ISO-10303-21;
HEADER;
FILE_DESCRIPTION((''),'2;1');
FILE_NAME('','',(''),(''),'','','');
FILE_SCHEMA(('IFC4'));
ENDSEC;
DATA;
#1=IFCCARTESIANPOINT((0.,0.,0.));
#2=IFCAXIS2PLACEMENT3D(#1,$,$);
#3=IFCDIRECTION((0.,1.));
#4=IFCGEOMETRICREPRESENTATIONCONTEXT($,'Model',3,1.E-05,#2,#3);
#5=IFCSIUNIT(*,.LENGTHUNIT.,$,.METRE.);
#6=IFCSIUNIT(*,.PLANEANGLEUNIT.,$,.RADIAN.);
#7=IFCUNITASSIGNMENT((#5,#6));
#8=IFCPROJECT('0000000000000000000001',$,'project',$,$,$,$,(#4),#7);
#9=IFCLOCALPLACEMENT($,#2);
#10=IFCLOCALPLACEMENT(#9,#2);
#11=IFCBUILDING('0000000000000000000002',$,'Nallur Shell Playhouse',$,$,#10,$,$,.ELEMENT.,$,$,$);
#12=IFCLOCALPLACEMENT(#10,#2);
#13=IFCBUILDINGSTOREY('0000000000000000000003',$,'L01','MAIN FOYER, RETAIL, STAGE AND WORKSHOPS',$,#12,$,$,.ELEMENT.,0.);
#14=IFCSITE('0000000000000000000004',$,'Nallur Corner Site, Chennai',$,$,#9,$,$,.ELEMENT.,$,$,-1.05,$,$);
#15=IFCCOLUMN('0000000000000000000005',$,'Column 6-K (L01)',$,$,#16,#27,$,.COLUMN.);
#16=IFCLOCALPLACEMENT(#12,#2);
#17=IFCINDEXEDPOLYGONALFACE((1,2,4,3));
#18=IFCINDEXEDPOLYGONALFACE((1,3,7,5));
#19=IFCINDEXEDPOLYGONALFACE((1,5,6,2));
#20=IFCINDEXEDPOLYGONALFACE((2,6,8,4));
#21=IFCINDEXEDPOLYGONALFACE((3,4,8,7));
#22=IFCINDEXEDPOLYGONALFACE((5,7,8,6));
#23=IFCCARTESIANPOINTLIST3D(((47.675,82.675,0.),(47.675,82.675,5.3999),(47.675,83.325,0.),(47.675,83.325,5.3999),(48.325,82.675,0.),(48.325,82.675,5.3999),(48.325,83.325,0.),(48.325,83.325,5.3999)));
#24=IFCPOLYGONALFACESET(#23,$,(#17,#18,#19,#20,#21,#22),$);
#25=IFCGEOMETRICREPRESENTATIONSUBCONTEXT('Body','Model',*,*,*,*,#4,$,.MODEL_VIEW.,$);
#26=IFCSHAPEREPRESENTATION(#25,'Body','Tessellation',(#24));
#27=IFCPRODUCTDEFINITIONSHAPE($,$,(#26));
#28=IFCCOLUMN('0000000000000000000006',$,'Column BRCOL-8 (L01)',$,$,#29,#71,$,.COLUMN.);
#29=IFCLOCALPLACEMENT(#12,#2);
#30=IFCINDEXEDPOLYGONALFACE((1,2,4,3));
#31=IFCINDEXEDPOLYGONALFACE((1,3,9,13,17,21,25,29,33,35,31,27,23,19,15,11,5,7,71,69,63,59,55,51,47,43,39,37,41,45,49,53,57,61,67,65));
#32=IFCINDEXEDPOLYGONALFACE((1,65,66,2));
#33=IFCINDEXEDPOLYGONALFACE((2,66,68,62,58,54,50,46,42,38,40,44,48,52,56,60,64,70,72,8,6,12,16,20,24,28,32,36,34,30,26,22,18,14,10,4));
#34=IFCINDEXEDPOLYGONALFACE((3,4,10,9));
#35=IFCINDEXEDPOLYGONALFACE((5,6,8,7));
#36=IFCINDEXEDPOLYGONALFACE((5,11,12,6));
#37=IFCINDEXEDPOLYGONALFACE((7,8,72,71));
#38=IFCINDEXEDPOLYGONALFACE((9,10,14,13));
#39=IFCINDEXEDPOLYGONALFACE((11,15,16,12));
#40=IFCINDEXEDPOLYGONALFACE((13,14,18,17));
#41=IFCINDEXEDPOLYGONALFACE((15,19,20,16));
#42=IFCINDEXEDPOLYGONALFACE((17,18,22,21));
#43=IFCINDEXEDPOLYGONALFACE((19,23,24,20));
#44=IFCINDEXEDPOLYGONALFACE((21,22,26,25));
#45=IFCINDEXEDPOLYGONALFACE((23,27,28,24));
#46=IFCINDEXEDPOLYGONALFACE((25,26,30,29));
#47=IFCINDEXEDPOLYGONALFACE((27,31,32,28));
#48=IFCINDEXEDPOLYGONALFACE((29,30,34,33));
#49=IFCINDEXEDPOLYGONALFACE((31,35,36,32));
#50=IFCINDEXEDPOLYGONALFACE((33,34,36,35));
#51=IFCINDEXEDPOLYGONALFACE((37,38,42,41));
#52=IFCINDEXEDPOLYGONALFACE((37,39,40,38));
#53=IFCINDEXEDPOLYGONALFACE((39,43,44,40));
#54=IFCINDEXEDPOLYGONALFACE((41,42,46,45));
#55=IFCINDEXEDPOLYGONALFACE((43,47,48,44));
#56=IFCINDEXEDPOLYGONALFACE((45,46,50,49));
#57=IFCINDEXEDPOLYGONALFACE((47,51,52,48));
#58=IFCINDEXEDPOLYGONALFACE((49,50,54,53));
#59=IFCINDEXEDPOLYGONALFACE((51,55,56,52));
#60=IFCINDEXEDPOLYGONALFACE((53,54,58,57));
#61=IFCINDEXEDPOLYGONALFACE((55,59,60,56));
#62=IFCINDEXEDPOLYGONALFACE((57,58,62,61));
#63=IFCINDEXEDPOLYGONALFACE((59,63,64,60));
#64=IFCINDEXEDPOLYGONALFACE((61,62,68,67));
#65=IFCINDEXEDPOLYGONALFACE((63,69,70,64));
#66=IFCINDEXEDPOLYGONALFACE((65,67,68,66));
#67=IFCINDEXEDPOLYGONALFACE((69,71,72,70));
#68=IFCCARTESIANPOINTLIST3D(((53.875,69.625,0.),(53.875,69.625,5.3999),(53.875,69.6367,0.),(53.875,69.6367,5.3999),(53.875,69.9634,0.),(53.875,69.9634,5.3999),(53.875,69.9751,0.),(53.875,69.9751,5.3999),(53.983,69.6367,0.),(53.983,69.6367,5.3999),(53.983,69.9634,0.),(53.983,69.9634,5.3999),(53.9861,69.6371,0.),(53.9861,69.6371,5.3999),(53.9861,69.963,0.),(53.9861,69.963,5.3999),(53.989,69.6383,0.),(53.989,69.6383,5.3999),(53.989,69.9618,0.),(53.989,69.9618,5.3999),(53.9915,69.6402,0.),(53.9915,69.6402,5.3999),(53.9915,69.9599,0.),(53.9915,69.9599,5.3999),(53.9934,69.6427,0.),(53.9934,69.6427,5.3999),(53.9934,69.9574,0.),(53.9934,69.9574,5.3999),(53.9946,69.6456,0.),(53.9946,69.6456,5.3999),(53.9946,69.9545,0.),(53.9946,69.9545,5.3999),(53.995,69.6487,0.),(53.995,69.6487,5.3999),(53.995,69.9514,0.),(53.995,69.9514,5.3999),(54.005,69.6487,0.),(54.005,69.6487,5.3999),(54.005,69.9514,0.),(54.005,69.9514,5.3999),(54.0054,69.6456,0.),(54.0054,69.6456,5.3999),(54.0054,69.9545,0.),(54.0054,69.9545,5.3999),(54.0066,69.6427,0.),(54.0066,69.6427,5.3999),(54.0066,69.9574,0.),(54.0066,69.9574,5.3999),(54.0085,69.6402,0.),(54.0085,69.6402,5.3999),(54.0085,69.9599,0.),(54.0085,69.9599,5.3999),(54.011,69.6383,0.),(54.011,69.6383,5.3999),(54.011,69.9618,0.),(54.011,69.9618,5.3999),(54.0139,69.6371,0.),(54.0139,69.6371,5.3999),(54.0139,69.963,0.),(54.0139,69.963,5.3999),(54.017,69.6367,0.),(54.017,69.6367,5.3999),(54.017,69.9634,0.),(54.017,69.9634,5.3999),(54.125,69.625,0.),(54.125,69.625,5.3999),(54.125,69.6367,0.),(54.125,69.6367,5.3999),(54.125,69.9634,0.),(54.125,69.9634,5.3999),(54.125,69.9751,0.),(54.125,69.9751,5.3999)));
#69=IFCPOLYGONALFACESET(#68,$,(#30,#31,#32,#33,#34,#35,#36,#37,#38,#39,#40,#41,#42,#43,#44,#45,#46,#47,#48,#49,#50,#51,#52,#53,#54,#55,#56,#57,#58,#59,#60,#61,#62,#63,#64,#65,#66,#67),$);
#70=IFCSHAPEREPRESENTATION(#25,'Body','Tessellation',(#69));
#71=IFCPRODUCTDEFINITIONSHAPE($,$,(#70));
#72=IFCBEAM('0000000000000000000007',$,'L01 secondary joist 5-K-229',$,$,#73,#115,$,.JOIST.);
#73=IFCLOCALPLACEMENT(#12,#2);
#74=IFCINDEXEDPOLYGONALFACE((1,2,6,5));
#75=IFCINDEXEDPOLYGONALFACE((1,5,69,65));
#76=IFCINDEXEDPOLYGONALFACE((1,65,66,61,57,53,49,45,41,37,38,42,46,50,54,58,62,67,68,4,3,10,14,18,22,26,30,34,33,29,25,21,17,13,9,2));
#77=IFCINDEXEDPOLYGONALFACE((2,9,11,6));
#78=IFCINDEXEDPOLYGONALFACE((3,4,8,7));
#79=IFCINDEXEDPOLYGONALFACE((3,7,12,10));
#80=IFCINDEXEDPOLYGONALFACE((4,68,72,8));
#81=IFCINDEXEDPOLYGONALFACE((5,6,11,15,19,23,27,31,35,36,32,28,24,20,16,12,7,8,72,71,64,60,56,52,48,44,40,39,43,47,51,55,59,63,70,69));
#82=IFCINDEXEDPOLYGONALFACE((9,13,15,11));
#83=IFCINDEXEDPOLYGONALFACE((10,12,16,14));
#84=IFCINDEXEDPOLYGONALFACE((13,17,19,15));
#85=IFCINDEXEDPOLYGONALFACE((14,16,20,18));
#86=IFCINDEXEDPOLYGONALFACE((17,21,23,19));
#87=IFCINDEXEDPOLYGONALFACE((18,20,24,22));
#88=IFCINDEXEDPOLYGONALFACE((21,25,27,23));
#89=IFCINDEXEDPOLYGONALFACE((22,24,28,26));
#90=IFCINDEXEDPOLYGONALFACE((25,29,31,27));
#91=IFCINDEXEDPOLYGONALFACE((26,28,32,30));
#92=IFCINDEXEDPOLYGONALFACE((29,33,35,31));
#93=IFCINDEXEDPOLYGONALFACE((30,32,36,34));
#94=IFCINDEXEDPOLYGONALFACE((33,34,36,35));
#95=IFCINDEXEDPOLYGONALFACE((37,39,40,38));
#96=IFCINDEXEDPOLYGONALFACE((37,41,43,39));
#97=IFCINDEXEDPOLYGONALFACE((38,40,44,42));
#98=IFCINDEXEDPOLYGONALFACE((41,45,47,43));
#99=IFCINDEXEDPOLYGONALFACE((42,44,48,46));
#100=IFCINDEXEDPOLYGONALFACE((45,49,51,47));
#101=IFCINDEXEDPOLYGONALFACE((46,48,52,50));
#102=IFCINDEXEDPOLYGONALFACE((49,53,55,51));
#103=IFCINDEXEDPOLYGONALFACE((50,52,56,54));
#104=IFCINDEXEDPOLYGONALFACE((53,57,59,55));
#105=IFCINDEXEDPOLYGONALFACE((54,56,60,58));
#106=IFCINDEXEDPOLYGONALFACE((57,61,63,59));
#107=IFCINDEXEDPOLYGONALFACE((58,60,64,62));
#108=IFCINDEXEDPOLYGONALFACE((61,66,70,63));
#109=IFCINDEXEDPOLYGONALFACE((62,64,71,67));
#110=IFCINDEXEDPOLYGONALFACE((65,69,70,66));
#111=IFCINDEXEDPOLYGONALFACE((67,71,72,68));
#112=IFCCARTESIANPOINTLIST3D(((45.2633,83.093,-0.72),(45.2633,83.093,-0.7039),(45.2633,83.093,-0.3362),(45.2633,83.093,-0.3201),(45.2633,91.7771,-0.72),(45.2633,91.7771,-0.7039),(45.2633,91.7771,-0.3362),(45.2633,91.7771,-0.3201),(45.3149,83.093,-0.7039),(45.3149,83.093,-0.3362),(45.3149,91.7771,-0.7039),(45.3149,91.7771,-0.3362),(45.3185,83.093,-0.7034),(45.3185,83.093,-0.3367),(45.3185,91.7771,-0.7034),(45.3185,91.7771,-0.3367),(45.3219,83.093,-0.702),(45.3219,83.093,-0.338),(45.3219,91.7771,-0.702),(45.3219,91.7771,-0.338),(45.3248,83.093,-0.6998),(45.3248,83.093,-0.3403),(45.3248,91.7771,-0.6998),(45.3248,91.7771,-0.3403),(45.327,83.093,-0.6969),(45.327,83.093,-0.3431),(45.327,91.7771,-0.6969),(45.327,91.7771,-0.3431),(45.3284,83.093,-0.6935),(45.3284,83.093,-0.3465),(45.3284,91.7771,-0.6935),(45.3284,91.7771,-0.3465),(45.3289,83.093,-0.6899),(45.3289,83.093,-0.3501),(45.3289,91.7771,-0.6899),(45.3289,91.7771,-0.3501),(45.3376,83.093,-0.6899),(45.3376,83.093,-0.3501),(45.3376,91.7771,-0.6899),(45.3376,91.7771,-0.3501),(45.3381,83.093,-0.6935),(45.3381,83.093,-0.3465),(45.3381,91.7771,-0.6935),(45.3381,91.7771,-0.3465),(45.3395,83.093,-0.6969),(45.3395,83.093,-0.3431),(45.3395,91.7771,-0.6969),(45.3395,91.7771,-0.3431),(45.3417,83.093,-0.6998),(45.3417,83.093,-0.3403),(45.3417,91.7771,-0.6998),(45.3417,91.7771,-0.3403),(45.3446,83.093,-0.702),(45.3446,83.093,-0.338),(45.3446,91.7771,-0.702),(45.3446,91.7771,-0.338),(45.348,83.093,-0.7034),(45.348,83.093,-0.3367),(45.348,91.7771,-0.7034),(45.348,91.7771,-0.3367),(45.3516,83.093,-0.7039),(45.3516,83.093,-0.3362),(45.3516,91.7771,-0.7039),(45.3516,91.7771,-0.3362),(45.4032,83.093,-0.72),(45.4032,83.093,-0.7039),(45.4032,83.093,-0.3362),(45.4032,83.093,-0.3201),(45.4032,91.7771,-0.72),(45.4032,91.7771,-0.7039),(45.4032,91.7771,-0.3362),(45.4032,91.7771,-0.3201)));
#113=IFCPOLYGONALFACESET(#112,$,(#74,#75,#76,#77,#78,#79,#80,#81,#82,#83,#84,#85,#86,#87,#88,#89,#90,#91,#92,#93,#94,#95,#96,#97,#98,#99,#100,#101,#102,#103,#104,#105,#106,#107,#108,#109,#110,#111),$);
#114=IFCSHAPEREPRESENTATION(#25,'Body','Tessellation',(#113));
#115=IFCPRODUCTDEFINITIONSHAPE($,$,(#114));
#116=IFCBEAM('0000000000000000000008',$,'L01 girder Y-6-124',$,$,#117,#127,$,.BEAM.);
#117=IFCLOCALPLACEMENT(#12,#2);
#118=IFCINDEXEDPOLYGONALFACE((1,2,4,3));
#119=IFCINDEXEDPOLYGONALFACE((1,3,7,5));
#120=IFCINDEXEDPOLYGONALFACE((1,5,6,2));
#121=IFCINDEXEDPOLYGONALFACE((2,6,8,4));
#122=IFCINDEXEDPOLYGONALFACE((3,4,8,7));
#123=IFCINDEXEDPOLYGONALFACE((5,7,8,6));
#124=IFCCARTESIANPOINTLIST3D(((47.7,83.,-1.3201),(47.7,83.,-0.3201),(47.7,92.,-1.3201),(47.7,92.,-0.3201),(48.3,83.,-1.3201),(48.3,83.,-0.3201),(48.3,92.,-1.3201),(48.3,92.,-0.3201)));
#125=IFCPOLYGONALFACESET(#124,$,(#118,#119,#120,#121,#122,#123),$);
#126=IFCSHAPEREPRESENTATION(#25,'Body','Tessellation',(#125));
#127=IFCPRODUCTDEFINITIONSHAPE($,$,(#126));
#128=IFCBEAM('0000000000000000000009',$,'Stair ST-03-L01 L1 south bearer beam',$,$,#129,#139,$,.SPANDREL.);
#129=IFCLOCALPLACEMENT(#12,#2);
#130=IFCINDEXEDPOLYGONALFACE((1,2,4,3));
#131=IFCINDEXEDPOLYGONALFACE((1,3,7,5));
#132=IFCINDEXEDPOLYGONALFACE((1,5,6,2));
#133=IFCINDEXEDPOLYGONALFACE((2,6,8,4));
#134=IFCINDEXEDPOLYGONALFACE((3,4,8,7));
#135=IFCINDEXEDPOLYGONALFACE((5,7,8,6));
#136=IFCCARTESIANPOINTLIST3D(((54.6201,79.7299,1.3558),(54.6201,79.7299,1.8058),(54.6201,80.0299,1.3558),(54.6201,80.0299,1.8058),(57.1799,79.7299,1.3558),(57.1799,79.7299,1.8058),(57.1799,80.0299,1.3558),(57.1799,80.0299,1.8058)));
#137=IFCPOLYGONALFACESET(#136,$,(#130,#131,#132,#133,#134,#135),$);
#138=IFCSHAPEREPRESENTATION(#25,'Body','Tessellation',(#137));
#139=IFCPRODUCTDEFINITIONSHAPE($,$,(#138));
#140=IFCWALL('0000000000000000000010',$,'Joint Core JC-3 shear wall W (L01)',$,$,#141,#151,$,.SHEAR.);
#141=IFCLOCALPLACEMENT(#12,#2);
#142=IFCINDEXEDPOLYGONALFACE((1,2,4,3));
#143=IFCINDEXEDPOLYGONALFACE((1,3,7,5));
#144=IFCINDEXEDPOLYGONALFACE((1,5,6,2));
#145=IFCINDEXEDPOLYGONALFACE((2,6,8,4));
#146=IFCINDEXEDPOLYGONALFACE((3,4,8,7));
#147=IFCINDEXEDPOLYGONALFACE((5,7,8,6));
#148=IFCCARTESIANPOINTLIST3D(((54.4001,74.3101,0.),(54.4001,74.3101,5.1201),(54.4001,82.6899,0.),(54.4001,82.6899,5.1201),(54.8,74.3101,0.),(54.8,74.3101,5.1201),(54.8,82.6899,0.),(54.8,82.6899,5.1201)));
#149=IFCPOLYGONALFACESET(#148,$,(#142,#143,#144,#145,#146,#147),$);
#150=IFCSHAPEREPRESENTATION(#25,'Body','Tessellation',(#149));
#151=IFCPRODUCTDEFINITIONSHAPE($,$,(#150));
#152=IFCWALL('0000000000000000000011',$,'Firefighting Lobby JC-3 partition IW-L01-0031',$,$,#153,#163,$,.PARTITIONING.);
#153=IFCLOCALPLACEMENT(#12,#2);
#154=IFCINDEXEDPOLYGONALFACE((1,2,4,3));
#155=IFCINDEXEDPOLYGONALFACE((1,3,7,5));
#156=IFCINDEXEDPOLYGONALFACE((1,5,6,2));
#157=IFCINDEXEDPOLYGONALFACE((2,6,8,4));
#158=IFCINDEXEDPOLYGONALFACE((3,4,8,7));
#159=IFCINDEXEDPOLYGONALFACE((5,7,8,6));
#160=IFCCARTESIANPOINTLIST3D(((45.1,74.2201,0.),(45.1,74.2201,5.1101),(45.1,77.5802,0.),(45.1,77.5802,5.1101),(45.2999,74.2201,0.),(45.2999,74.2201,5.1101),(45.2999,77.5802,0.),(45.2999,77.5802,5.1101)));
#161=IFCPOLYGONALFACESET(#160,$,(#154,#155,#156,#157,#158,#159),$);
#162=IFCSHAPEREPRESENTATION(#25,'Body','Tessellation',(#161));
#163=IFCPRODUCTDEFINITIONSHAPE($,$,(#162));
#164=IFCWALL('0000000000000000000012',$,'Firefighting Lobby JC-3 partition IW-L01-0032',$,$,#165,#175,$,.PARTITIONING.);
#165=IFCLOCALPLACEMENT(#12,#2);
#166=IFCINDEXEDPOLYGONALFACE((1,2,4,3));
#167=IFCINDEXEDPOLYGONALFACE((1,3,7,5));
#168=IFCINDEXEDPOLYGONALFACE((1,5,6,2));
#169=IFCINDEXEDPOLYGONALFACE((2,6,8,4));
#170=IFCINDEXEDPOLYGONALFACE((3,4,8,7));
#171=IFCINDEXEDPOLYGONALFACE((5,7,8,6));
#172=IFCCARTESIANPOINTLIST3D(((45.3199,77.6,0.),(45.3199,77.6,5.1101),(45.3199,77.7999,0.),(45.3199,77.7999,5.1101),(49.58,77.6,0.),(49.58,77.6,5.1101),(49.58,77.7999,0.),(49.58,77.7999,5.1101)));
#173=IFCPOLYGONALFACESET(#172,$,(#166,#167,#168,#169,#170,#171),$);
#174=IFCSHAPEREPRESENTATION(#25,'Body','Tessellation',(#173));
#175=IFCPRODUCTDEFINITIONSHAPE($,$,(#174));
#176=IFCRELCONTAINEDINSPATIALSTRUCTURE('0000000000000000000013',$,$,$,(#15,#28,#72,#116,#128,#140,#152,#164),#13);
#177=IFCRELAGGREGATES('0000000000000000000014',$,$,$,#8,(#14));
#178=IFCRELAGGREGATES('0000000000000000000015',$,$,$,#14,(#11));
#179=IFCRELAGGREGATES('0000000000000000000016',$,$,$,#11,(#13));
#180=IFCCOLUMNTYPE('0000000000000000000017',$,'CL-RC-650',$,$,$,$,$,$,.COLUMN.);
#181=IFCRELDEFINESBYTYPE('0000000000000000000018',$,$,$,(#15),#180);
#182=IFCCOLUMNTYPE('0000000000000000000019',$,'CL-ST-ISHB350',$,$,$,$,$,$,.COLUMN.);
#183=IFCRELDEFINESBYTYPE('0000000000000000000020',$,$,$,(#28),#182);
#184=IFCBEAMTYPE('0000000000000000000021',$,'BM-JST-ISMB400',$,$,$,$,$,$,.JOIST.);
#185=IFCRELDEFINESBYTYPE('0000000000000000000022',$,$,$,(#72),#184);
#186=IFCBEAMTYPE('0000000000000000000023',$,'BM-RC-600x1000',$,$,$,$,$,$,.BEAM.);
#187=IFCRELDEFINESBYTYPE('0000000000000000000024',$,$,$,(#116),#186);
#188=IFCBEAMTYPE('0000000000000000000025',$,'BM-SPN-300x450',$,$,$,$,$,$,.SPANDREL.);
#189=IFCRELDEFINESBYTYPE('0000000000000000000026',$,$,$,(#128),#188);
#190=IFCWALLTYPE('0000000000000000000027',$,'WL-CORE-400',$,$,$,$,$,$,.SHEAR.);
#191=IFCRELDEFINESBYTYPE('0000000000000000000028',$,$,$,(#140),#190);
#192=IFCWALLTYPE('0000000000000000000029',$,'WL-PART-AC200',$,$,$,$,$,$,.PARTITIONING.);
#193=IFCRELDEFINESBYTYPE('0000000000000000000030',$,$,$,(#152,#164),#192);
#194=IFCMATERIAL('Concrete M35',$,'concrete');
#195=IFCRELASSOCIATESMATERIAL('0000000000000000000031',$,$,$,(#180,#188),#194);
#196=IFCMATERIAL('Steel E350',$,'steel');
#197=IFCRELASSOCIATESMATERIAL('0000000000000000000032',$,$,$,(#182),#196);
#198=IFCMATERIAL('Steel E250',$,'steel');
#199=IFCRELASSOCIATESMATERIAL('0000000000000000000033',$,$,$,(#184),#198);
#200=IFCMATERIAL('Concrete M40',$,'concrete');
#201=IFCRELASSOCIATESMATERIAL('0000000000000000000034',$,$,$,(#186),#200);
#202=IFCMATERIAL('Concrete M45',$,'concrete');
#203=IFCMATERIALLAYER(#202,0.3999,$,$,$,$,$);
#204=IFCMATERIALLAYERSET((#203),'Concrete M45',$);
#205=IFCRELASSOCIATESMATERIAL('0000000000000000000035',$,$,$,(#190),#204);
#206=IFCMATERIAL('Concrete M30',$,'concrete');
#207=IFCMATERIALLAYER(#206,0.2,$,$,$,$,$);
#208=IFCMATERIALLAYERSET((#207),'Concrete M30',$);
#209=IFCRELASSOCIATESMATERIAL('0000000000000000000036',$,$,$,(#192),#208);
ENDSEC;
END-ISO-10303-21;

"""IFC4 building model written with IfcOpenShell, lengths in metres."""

from ifc_helpers import new_model, si_unit, direction, frame, frame_2d, origin, origin_2d, place, context, subcontext, project, spatial, rectangle, i_section, extrude, material, layer, layer_set, material_profile, profile_set, type_object, element, save


model = new_model("IFC4")

# Units and contexts
model_context = context("Model", 3, precision=1e-05, world=origin(), true_north=direction((0.0, 1.0)))
body_context = subcontext(model_context, "Body", "Model", "MODEL_VIEW")
ifc_project = project(units=[si_unit("LENGTHUNIT", "METRE"), si_unit("PLANEANGLEUNIT", "RADIAN")], contexts=[model_context])

# Site, building, storey
site_placement = place(None, origin())
site = spatial("IfcSite", under=ifc_project, at=site_placement, Name="Nallur Corner Site, Chennai", CompositionType="ELEMENT", RefElevation=-1.05)
building_placement = place(site_placement, origin())
building = spatial("IfcBuilding", under=site, at=building_placement, Name="Nallur Shell Playhouse", CompositionType="ELEMENT")
storey_placement = place(building_placement, origin())
storey = spatial("IfcBuildingStorey", under=building, at=storey_placement, Name="L01", Description="MAIN FOYER, RETAIL, STAGE AND WORKSHOPS", CompositionType="ELEMENT", Elevation=0.0)

# Columns
ifc_material_1 = material(Name="Concrete M35", Category="concrete")
ifc_material_profile_1 = material_profile(ifc_material_1, rectangle(XDim=0.6499, YDim=0.6499, at=origin_2d()), Name="RC 650x650")
ifc_profile_set_1 = profile_set([ifc_material_profile_1], Name="Concrete M35")
column_type_1 = type_object("IfcColumnType", Name="CL-RC-650", PredefinedType="COLUMN", material=ifc_profile_set_1)
column_1_placement = place(storey_placement, frame((48.0, 83.0, 0.0), z_axis=(0.0, 0.0, 1.0), x_axis=(1.0, 0.0, 0.0)))
element("IfcColumn", 1, at=column_1_placement, inside=storey, type_object=column_type_1, Name="Column 6-K (L01)", PredefinedType="COLUMN", context=body_context, shape_type="SweptSolid", body=[
    extrude(rectangle(XDim=0.6499, YDim=0.6499, at=origin_2d()), origin(), (0.0, 0.0, 1.0), 5.3999),
])
ifc_material_2 = material(Name="Steel E350", Category="steel")
ifc_material_profile_2 = material_profile(ifc_material_2, i_section(OverallWidth=0.25, OverallDepth=0.3501, WebThickness=0.01, FlangeThickness=0.0117, FilletRadius=0.012, at=origin_2d()), Name="ISHB 350")
ifc_profile_set_2 = profile_set([ifc_material_profile_2], Name="Steel E350")
column_type_2 = type_object("IfcColumnType", Name="CL-ST-ISHB350", PredefinedType="COLUMN", material=ifc_profile_set_2)
column_2_placement = place(storey_placement, frame((54.0, 69.8, 0.0), z_axis=(0.0, 0.0, 1.0), x_axis=(1.0, 0.0, 0.0)))
element("IfcColumn", 2, at=column_2_placement, inside=storey, type_object=column_type_2, Name="Column BRCOL-8 (L01)", PredefinedType="COLUMN", context=body_context, shape_type="SweptSolid", body=[
    extrude(i_section(OverallWidth=0.25, OverallDepth=0.3501, WebThickness=0.01, FlangeThickness=0.0117, FilletRadius=0.012, at=origin_2d()), origin(), (0.0, 0.0, 1.0), 5.3999),
])

# Beams
ifc_material_3 = material(Name="Steel E250", Category="steel")
ifc_material_profile_3 = material_profile(ifc_material_3, i_section(OverallWidth=0.1399, OverallDepth=0.3999, WebThickness=0.0088, FlangeThickness=0.0161, FilletRadius=0.0139, at=origin_2d()), Name="ISMB 400")
ifc_profile_set_3 = profile_set([ifc_material_profile_3], Name="Steel E250")
beam_type_1 = type_object("IfcBeamType", Name="BM-JST-ISMB400", PredefinedType="JOIST", material=ifc_profile_set_3)
beam_1_placement = place(storey_placement, frame((45.3333, 83.093, -0.52), z_axis=(0.0, 1.0, 0.0), x_axis=(-1.0, 0.0, 0.0)))
element("IfcBeam", 3, at=beam_1_placement, inside=storey, type_object=beam_type_1, Name="L01 secondary joist 5-K-229", PredefinedType="JOIST", context=body_context, shape_type="SweptSolid", body=[
    extrude(i_section(OverallWidth=0.1399, OverallDepth=0.3999, WebThickness=0.0088, FlangeThickness=0.0161, FilletRadius=0.0139, at=origin_2d()), origin(), (0.0, 0.0, 1.0), 8.6841),
])
ifc_material_4 = material(Name="Concrete M40", Category="concrete")
ifc_material_profile_4 = material_profile(ifc_material_4, rectangle(XDim=0.6001, YDim=1.0, at=origin_2d()), Name="RC 600x1000")
ifc_profile_set_4 = profile_set([ifc_material_profile_4], Name="Concrete M40")
beam_type_2 = type_object("IfcBeamType", Name="BM-RC-600x1000", PredefinedType="BEAM", material=ifc_profile_set_4)
beam_2_placement = place(storey_placement, frame((48.0, 83.0, -0.8201), z_axis=(0.0, 1.0, 0.0), x_axis=(-1.0, 0.0, 0.0)))
element("IfcBeam", 4, at=beam_2_placement, inside=storey, type_object=beam_type_2, Name="L01 girder Y-6-124", PredefinedType="BEAM", context=body_context, shape_type="SweptSolid", body=[
    extrude(rectangle(XDim=0.6001, YDim=1.0, at=origin_2d()), origin(), (0.0, 0.0, 1.0), 9.0),
])
ifc_material_profile_5 = material_profile(ifc_material_1, rectangle(XDim=0.3, YDim=0.45, at=origin_2d()), Name="RC 300x450")
ifc_profile_set_5 = profile_set([ifc_material_profile_5], Name="Concrete M35")
beam_type_3 = type_object("IfcBeamType", Name="BM-SPN-300x450", PredefinedType="SPANDREL", material=ifc_profile_set_5)
beam_3_placement = place(storey_placement, frame((54.6201, 79.8799, 1.5808), z_axis=(1.0, 0.0, 0.0), x_axis=(0.0, 1.0, 0.0)))
element("IfcBeam", 5, at=beam_3_placement, inside=storey, type_object=beam_type_3, Name="Stair ST-03-L01 L1 south bearer beam", PredefinedType="SPANDREL", context=body_context, shape_type="SweptSolid", body=[
    extrude(rectangle(XDim=0.3, YDim=0.45, at=origin_2d()), origin(), (0.0, 0.0, 1.0), 2.5598),
])

# Shared definitions
ifc_material_5 = material(Name="Concrete M45", Category="concrete")
ifc_layer_1 = layer(ifc_material_5, 0.3999)
ifc_layer_set_1 = layer_set([ifc_layer_1], Name="Concrete M45")
wall_type_1 = type_object("IfcWallType", Name="WL-CORE-400", PredefinedType="SHEAR", material=ifc_layer_set_1)

# Walls
wall_1_placement = place(storey_placement, frame((54.6001, 82.6899, 0.0), z_axis=(0.0, 0.0, 1.0), x_axis=(0.0, -1.0, 0.0)))
element("IfcWall", 6, at=wall_1_placement, inside=storey, type_object=wall_type_1, Name="Joint Core JC-3 shear wall W (L01)", PredefinedType="SHEAR", context=body_context, shape_type="SweptSolid", body=[
    extrude(rectangle(XDim=8.3799, YDim=0.3999, at=frame_2d((4.1899, 0.0))), origin(), (0.0, 0.0, 1.0), 5.1201),
])
ifc_material_6 = material(Name="Concrete M30", Category="concrete")
ifc_layer_2 = layer(ifc_material_6, 0.2)
ifc_layer_set_2 = layer_set([ifc_layer_2], Name="Concrete M30")
wall_type_2 = type_object("IfcWallType", Name="WL-PART-AC200", PredefinedType="PARTITIONING", material=ifc_layer_set_2)
wall_2_placement = place(storey_placement, frame((45.2, 74.22, 0.0), z_axis=(0.0, 0.0, 1.0), x_axis=(0.0, 1.0, 0.0)))
element("IfcWall", 7, at=wall_2_placement, inside=storey, type_object=wall_type_2, Name="Firefighting Lobby JC-3 partition IW-L01-0031", PredefinedType="PARTITIONING", context=body_context, shape_type="SweptSolid", body=[
    extrude(rectangle(XDim=3.3601, YDim=0.2, at=frame_2d((1.6802, 0.0))), origin(), (0.0, 0.0, 1.0), 5.1101),
])
wall_3_placement = place(storey_placement, frame((45.3201, 77.7, 0.0), z_axis=(0.0, 0.0, 1.0), x_axis=(1.0, 0.0, 0.0)))
element("IfcWall", 8, at=wall_3_placement, inside=storey, type_object=wall_type_2, Name="Firefighting Lobby JC-3 partition IW-L01-0032", PredefinedType="PARTITIONING", context=body_context, shape_type="SweptSolid", body=[
    extrude(rectangle(XDim=4.26, YDim=0.2, at=frame_2d((2.1299, 0.0))), origin(), (0.0, 0.0, 1.0), 5.1101),
])

save(model, "model.ifc")
